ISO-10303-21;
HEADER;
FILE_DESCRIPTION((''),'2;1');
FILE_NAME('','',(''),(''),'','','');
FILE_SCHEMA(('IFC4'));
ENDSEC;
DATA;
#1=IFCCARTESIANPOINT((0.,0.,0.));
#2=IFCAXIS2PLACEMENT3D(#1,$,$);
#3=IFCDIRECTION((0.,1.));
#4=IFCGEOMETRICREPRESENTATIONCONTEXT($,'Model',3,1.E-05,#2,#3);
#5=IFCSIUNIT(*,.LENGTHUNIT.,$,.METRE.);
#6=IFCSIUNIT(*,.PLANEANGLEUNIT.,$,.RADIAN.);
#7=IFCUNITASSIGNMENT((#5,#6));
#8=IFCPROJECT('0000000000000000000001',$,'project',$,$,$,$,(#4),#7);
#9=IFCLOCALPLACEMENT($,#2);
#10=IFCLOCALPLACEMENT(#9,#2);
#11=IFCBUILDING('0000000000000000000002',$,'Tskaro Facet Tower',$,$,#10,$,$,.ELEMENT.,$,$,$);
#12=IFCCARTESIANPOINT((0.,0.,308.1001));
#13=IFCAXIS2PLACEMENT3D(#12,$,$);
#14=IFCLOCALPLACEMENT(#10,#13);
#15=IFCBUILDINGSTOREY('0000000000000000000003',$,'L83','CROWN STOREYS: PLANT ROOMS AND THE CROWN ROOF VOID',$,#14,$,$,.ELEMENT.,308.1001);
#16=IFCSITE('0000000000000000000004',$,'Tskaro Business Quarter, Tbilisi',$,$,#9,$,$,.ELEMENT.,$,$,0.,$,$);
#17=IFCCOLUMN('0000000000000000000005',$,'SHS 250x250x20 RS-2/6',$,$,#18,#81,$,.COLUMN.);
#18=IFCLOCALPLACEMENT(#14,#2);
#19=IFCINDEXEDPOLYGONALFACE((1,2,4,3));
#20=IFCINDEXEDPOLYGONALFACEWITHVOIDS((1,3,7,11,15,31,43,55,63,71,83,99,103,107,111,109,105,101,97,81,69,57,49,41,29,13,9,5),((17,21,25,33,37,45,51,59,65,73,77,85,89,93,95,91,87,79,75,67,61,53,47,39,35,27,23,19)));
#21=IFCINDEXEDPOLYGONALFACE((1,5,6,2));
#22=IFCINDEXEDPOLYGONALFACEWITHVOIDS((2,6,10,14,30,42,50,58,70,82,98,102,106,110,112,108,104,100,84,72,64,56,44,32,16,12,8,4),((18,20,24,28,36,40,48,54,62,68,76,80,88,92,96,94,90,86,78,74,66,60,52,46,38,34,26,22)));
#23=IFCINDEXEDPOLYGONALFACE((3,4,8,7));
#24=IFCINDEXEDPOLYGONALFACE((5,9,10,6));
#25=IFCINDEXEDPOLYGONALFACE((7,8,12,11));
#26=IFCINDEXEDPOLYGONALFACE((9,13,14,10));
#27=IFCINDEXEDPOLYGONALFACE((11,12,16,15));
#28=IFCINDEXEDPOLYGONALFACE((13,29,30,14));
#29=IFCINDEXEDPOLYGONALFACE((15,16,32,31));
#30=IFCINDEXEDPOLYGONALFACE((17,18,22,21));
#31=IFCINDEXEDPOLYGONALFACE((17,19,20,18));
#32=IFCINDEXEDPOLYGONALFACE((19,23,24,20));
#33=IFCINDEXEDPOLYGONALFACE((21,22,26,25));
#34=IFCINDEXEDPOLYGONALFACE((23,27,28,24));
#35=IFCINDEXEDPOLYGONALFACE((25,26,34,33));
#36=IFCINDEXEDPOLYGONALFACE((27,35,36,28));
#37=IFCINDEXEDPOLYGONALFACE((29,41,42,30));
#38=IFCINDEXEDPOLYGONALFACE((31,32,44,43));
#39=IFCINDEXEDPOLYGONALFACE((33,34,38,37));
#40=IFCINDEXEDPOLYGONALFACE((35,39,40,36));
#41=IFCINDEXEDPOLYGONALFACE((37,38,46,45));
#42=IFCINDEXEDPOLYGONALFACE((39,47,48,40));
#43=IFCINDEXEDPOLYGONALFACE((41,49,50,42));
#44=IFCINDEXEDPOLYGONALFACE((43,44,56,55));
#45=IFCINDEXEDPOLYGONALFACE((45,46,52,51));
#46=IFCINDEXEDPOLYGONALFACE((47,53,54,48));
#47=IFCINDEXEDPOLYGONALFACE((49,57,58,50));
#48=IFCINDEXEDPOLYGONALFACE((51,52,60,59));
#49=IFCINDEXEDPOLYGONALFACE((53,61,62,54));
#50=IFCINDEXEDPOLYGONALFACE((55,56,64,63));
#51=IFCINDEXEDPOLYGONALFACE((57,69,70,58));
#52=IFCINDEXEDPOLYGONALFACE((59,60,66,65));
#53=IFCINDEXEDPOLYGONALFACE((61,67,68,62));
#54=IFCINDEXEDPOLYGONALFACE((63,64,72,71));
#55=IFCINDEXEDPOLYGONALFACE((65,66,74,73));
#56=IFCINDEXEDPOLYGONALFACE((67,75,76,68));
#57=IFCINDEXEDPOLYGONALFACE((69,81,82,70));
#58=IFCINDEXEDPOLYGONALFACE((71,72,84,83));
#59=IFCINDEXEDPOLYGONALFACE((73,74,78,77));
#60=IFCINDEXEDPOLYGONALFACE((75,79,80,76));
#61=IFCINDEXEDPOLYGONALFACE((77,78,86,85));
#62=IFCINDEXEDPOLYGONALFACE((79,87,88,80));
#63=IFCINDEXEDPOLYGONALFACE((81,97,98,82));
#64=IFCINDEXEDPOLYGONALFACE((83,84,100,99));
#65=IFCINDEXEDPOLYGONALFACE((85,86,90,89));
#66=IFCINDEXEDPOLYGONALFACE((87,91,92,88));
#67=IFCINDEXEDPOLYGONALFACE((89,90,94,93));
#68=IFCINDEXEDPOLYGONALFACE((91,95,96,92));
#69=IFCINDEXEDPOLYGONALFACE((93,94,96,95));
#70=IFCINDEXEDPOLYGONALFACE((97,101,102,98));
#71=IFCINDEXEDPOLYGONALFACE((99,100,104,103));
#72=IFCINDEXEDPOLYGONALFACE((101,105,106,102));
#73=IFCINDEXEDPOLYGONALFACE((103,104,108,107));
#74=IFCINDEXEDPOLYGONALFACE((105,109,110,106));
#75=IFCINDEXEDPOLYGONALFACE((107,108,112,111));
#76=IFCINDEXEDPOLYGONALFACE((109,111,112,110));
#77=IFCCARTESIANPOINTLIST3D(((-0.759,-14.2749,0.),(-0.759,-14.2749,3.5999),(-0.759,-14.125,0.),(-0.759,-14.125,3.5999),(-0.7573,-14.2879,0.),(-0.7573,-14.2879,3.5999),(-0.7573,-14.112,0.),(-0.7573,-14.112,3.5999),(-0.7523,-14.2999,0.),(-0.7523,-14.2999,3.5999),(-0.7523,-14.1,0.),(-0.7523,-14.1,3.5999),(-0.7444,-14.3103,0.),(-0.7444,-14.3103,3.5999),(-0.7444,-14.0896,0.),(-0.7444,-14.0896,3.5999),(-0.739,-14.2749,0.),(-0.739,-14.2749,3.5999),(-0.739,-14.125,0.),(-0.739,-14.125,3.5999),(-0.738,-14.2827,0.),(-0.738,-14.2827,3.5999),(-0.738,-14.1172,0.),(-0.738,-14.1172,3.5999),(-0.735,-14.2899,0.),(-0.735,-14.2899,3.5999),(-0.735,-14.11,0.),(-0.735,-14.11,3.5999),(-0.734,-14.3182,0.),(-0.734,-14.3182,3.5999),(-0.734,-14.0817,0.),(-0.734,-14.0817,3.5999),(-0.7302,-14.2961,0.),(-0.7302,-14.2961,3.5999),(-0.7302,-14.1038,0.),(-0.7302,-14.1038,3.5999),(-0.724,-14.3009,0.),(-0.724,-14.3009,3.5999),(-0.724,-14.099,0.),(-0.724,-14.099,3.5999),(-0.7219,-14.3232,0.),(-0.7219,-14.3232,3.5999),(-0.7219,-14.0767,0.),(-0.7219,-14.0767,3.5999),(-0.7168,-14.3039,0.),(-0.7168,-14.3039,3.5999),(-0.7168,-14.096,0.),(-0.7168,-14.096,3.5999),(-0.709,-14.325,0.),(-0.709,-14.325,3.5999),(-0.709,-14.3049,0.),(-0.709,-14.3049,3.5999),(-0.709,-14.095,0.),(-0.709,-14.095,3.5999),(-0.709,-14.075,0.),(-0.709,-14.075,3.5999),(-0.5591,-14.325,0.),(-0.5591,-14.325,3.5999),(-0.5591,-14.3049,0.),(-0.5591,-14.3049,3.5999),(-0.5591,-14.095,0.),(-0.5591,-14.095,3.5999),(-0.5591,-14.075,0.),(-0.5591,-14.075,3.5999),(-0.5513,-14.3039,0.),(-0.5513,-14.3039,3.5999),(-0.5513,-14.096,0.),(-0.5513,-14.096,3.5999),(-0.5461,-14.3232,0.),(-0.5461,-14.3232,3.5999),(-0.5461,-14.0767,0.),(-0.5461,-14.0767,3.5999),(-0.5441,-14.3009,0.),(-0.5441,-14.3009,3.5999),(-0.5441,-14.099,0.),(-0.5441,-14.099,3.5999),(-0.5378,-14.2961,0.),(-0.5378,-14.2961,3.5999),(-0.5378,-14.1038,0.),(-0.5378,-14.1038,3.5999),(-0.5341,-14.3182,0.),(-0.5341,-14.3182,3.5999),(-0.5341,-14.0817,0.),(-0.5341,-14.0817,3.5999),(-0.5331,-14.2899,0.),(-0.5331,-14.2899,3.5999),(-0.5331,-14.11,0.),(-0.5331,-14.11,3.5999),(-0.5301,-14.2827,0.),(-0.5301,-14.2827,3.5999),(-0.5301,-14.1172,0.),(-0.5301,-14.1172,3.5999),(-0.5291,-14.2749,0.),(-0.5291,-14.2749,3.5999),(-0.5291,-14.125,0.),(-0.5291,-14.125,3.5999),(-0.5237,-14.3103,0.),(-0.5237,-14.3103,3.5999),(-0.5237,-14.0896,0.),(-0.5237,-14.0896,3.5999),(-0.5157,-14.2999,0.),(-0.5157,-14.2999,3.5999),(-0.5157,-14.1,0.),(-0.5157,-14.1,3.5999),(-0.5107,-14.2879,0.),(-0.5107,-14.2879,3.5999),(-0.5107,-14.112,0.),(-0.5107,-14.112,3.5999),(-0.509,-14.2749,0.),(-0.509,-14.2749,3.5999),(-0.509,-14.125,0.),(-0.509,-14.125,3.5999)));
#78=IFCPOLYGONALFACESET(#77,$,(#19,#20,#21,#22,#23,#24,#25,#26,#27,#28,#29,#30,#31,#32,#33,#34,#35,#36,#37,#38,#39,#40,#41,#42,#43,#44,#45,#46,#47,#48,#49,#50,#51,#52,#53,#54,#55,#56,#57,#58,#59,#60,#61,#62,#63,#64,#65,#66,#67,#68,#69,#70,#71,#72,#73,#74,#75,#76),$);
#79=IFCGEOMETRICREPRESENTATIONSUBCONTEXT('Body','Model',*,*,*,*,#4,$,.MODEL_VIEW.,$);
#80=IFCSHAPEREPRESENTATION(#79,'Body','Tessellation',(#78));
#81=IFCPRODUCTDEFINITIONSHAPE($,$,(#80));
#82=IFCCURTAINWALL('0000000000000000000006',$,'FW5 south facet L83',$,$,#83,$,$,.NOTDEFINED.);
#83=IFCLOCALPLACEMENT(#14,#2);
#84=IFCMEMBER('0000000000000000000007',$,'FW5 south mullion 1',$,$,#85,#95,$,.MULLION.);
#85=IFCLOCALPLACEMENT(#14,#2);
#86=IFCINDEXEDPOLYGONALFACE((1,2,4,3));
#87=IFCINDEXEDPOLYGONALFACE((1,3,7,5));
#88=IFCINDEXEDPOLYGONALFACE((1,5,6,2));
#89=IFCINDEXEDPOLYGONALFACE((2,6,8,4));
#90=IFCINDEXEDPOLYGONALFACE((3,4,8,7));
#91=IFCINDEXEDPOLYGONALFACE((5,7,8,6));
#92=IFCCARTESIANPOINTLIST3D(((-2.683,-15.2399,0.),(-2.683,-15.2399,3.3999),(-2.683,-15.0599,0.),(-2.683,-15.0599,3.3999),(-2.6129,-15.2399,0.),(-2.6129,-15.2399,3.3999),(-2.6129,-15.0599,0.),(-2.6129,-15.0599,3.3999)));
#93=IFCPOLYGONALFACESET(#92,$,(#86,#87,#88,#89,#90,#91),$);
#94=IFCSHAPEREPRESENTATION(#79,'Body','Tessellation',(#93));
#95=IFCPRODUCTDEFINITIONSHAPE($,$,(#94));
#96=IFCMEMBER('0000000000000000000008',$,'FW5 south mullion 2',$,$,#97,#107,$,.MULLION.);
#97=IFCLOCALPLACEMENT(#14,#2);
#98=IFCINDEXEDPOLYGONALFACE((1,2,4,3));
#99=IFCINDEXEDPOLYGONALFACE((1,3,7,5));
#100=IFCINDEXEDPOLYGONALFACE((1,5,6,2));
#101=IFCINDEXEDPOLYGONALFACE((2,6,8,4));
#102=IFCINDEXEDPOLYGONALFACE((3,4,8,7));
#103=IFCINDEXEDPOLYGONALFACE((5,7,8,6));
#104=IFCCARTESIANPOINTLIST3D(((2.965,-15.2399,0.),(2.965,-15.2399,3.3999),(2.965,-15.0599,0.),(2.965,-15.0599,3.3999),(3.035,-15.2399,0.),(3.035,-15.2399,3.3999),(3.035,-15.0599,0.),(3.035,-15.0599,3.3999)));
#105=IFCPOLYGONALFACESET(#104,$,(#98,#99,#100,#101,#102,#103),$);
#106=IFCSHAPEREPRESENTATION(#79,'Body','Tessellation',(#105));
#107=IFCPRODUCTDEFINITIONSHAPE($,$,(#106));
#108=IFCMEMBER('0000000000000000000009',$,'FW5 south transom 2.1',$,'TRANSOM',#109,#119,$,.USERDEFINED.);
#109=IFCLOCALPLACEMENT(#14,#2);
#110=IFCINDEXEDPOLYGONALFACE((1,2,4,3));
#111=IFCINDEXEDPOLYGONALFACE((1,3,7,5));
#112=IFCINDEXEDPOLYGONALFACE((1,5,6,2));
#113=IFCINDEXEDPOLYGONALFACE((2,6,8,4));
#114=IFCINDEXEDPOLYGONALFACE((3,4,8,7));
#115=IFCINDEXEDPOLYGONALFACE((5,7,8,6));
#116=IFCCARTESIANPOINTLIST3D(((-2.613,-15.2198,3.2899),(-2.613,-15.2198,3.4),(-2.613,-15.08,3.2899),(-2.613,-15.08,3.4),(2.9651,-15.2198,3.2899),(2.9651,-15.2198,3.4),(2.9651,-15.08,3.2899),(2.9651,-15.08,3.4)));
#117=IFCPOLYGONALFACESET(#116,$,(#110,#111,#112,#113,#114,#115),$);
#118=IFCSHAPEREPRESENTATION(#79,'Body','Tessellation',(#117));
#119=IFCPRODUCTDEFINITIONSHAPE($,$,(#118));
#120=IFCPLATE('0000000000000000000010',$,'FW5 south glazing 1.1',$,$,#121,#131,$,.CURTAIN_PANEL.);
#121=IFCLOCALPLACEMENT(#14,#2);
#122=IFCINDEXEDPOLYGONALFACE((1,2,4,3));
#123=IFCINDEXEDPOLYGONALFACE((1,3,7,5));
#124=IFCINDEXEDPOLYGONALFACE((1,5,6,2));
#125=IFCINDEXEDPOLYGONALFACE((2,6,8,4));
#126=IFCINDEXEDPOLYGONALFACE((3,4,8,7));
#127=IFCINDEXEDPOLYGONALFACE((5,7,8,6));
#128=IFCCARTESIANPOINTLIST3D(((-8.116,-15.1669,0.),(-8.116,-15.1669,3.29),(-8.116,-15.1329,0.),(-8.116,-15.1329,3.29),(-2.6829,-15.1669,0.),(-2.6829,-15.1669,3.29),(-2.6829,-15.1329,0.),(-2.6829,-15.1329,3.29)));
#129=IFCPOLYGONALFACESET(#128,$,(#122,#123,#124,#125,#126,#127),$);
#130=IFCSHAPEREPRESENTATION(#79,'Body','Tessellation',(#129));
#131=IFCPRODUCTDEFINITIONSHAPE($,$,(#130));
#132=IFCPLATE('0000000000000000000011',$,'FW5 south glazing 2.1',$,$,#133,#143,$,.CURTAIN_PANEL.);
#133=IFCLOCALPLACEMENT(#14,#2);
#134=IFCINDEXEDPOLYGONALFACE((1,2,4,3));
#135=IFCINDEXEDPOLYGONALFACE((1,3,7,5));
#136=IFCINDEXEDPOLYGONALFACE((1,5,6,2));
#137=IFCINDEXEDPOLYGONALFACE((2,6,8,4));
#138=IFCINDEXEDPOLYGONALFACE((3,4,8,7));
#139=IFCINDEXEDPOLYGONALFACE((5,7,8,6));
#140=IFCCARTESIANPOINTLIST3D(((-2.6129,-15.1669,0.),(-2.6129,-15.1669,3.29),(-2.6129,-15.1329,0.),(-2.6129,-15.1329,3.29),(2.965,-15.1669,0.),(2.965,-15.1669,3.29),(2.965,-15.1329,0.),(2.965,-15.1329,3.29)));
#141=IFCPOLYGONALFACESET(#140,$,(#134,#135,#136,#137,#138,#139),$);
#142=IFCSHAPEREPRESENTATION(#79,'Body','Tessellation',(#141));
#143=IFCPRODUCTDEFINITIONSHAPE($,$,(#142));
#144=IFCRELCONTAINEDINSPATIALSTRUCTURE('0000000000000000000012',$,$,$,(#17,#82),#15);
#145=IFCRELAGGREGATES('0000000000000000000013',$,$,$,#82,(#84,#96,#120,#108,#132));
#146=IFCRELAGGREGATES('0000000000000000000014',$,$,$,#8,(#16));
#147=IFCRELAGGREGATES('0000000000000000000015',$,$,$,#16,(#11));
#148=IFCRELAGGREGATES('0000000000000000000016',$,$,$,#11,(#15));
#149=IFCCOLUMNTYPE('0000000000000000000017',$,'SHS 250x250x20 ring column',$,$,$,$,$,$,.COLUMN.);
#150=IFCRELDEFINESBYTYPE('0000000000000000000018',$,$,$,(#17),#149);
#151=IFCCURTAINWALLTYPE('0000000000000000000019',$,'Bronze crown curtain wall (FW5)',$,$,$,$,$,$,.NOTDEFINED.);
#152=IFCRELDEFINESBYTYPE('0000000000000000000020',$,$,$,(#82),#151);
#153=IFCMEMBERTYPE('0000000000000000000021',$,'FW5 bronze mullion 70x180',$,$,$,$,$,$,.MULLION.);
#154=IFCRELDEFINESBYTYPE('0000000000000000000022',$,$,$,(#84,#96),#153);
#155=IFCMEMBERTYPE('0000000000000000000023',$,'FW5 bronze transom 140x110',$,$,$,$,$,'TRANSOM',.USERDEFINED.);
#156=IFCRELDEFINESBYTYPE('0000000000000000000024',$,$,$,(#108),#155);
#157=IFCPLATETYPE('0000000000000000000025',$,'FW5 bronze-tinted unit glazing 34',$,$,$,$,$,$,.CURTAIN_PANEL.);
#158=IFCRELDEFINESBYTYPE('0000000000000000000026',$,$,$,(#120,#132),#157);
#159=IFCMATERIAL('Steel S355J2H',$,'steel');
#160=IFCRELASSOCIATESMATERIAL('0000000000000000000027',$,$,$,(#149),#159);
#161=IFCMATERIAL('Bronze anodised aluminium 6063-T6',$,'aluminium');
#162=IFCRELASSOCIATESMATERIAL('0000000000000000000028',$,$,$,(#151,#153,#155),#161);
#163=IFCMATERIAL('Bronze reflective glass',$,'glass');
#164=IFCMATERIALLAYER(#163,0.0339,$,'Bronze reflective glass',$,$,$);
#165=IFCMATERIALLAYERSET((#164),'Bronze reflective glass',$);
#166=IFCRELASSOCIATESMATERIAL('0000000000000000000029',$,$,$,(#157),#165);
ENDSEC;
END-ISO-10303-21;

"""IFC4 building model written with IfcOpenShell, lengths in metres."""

from ifc_helpers import new_model, si_unit, direction, frame, origin, origin_2d, place, context, subcontext, project, spatial, rectangle, hollow_rectangle, extrude, material, layer, layer_set, material_profile, profile_set, type_object, element, aggregate, save


model = new_model("IFC4")

# Units and contexts
model_context = context("Model", 3, precision=1e-05, world=origin(), true_north=direction((0.0, 1.0)))
body_context = subcontext(model_context, "Body", "Model", "MODEL_VIEW")
ifc_project = project(units=[si_unit("LENGTHUNIT", "METRE"), si_unit("PLANEANGLEUNIT", "RADIAN")], contexts=[model_context])

# Site, building, storey
site_placement = place(None, origin())
site = spatial("IfcSite", under=ifc_project, at=site_placement, Name="Tskaro Business Quarter, Tbilisi", CompositionType="ELEMENT", RefElevation=0.0)
building_placement = place(site_placement, origin())
building = spatial("IfcBuilding", under=site, at=building_placement, Name="Tskaro Facet Tower", CompositionType="ELEMENT")
storey_placement = place(building_placement, frame((0.0, 0.0, 308.1001)))
storey = spatial("IfcBuildingStorey", under=building, at=storey_placement, Name="L83", Description="CROWN STOREYS: PLANT ROOMS AND THE CROWN ROOF VOID", CompositionType="ELEMENT", Elevation=308.1001)

# Column
ifc_material_1 = material(Name="Steel S355J2H", Category="steel")
ifc_material_profile_1 = material_profile(ifc_material_1, hollow_rectangle(XDim=0.25, YDim=0.25, WallThickness=0.02, InnerFilletRadius=0.03, OuterFilletRadius=0.05, at=origin_2d()), Name="SHS 250x250x20")
ifc_profile_set_1 = profile_set([ifc_material_profile_1], Name="Steel S355J2H")
column_type = type_object("IfcColumnType", Name="SHS 250x250x20 ring column", PredefinedType="COLUMN", material=ifc_profile_set_1)
column_placement = place(storey_placement, frame((-0.634, -14.2, 0.0), z_axis=(0.0, 0.0, 1.0), x_axis=(1.0, 0.0, 0.0)))
element("IfcColumn", 1, at=column_placement, inside=storey, type_object=column_type, Name="SHS 250x250x20 RS-2/6", PredefinedType="COLUMN", context=body_context, shape_type="SweptSolid", body=[
    extrude(hollow_rectangle(XDim=0.25, YDim=0.25, WallThickness=0.02, InnerFilletRadius=0.03, OuterFilletRadius=0.05, at=origin_2d()), origin(), (0.0, 0.0, 1.0), 3.5999),
])

# Curtain wall, members, plates
ifc_material_2 = material(Name="Bronze anodised aluminium 6063-T6", Category="aluminium")
curtain_wall_type = type_object("IfcCurtainWallType", Name="Bronze crown curtain wall (FW5)", PredefinedType="NOTDEFINED", material=ifc_material_2)
curtain_wall_placement = place(storey_placement, origin())
curtain_wall = element("IfcCurtainWall", 2, at=curtain_wall_placement, inside=storey, type_object=curtain_wall_type, Name="FW5 south facet L83", PredefinedType="NOTDEFINED")
ifc_material_profile_2 = material_profile(ifc_material_2, rectangle(XDim=0.0701, YDim=0.1799, at=origin_2d()), Name="Mullion 70x180")
ifc_profile_set_2 = profile_set([ifc_material_profile_2], Name="Bronze anodised aluminium 6063-T6")
member_type_1 = type_object("IfcMemberType", Name="FW5 bronze mullion 70x180", PredefinedType="MULLION", material=ifc_profile_set_2)
member_1_placement = place(storey_placement, frame((-2.6479, -15.1499, 0.0), z_axis=(0.0, 0.0, 1.0), x_axis=(1.0, 0.0, 0.0)))
member_1 = element("IfcMember", 3, at=member_1_placement, type_object=member_type_1, Name="FW5 south mullion 1", PredefinedType="MULLION", context=body_context, shape_type="SweptSolid", body=[
    extrude(rectangle(XDim=0.0701, YDim=0.1799, at=origin_2d()), origin(), (0.0, 0.0, 1.0), 3.3999),
])
member_2_placement = place(storey_placement, frame((3.0, -15.1499, 0.0), z_axis=(0.0, 0.0, 1.0), x_axis=(1.0, 0.0, 0.0)))
member_2 = element("IfcMember", 4, at=member_2_placement, type_object=member_type_1, Name="FW5 south mullion 2", PredefinedType="MULLION", context=body_context, shape_type="SweptSolid", body=[
    extrude(rectangle(XDim=0.0701, YDim=0.1799, at=origin_2d()), origin(), (0.0, 0.0, 1.0), 3.3999),
])
ifc_material_profile_3 = material_profile(ifc_material_2, rectangle(XDim=0.1399, YDim=0.1101, at=origin_2d()), Name="Transom 140x110")
ifc_profile_set_3 = profile_set([ifc_material_profile_3], Name="Bronze anodised aluminium 6063-T6")
member_type_2 = type_object("IfcMemberType", Name="FW5 bronze transom 140x110", ElementType="TRANSOM", PredefinedType="USERDEFINED", material=ifc_profile_set_3)
member_3_placement = place(storey_placement, frame((-2.613, -15.1499, 3.345), z_axis=(1.0, 0.0, 0.0), x_axis=(0.0, 1.0, 0.0)))
member_3 = element("IfcMember", 5, at=member_3_placement, type_object=member_type_2, Name="FW5 south transom 2.1", ObjectType="TRANSOM", PredefinedType="USERDEFINED", context=body_context, shape_type="SweptSolid", body=[
    extrude(rectangle(XDim=0.1399, YDim=0.1101, at=origin_2d()), origin(), (0.0, 0.0, 1.0), 5.5781),
])
ifc_material_3 = material(Name="Bronze reflective glass", Category="glass")
ifc_layer_1 = layer(ifc_material_3, 0.0339, Name="Bronze reflective glass")
ifc_layer_set_1 = layer_set([ifc_layer_1], Name="Bronze reflective glass")
plate_type = type_object("IfcPlateType", Name="FW5 bronze-tinted unit glazing 34", PredefinedType="CURTAIN_PANEL", material=ifc_layer_set_1)
plate_1_placement = place(storey_placement, frame((-5.3994, -15.1499, 0.0), z_axis=(0.0, 0.0, 1.0), x_axis=(1.0, 0.0, 0.0)))
plate_1 = element("IfcPlate", 6, at=plate_1_placement, type_object=plate_type, Name="FW5 south glazing 1.1", PredefinedType="CURTAIN_PANEL", context=body_context, shape_type="SweptSolid", body=[
    extrude(rectangle(XDim=5.4331, YDim=0.0339, at=origin_2d()), origin(), (0.0, 0.0, 1.0), 3.29),
])
plate_2_placement = place(storey_placement, frame((0.176, -15.1499, 0.0), z_axis=(0.0, 0.0, 1.0), x_axis=(1.0, 0.0, 0.0)))
plate_2 = element("IfcPlate", 7, at=plate_2_placement, type_object=plate_type, Name="FW5 south glazing 2.1", PredefinedType="CURTAIN_PANEL", context=body_context, shape_type="SweptSolid", body=[
    extrude(rectangle(XDim=5.5779, YDim=0.0339, at=origin_2d()), origin(), (0.0, 0.0, 1.0), 3.29),
])
aggregate(curtain_wall, [member_1, member_2, plate_1, member_3, plate_2])

save(model, "model.ifc")
